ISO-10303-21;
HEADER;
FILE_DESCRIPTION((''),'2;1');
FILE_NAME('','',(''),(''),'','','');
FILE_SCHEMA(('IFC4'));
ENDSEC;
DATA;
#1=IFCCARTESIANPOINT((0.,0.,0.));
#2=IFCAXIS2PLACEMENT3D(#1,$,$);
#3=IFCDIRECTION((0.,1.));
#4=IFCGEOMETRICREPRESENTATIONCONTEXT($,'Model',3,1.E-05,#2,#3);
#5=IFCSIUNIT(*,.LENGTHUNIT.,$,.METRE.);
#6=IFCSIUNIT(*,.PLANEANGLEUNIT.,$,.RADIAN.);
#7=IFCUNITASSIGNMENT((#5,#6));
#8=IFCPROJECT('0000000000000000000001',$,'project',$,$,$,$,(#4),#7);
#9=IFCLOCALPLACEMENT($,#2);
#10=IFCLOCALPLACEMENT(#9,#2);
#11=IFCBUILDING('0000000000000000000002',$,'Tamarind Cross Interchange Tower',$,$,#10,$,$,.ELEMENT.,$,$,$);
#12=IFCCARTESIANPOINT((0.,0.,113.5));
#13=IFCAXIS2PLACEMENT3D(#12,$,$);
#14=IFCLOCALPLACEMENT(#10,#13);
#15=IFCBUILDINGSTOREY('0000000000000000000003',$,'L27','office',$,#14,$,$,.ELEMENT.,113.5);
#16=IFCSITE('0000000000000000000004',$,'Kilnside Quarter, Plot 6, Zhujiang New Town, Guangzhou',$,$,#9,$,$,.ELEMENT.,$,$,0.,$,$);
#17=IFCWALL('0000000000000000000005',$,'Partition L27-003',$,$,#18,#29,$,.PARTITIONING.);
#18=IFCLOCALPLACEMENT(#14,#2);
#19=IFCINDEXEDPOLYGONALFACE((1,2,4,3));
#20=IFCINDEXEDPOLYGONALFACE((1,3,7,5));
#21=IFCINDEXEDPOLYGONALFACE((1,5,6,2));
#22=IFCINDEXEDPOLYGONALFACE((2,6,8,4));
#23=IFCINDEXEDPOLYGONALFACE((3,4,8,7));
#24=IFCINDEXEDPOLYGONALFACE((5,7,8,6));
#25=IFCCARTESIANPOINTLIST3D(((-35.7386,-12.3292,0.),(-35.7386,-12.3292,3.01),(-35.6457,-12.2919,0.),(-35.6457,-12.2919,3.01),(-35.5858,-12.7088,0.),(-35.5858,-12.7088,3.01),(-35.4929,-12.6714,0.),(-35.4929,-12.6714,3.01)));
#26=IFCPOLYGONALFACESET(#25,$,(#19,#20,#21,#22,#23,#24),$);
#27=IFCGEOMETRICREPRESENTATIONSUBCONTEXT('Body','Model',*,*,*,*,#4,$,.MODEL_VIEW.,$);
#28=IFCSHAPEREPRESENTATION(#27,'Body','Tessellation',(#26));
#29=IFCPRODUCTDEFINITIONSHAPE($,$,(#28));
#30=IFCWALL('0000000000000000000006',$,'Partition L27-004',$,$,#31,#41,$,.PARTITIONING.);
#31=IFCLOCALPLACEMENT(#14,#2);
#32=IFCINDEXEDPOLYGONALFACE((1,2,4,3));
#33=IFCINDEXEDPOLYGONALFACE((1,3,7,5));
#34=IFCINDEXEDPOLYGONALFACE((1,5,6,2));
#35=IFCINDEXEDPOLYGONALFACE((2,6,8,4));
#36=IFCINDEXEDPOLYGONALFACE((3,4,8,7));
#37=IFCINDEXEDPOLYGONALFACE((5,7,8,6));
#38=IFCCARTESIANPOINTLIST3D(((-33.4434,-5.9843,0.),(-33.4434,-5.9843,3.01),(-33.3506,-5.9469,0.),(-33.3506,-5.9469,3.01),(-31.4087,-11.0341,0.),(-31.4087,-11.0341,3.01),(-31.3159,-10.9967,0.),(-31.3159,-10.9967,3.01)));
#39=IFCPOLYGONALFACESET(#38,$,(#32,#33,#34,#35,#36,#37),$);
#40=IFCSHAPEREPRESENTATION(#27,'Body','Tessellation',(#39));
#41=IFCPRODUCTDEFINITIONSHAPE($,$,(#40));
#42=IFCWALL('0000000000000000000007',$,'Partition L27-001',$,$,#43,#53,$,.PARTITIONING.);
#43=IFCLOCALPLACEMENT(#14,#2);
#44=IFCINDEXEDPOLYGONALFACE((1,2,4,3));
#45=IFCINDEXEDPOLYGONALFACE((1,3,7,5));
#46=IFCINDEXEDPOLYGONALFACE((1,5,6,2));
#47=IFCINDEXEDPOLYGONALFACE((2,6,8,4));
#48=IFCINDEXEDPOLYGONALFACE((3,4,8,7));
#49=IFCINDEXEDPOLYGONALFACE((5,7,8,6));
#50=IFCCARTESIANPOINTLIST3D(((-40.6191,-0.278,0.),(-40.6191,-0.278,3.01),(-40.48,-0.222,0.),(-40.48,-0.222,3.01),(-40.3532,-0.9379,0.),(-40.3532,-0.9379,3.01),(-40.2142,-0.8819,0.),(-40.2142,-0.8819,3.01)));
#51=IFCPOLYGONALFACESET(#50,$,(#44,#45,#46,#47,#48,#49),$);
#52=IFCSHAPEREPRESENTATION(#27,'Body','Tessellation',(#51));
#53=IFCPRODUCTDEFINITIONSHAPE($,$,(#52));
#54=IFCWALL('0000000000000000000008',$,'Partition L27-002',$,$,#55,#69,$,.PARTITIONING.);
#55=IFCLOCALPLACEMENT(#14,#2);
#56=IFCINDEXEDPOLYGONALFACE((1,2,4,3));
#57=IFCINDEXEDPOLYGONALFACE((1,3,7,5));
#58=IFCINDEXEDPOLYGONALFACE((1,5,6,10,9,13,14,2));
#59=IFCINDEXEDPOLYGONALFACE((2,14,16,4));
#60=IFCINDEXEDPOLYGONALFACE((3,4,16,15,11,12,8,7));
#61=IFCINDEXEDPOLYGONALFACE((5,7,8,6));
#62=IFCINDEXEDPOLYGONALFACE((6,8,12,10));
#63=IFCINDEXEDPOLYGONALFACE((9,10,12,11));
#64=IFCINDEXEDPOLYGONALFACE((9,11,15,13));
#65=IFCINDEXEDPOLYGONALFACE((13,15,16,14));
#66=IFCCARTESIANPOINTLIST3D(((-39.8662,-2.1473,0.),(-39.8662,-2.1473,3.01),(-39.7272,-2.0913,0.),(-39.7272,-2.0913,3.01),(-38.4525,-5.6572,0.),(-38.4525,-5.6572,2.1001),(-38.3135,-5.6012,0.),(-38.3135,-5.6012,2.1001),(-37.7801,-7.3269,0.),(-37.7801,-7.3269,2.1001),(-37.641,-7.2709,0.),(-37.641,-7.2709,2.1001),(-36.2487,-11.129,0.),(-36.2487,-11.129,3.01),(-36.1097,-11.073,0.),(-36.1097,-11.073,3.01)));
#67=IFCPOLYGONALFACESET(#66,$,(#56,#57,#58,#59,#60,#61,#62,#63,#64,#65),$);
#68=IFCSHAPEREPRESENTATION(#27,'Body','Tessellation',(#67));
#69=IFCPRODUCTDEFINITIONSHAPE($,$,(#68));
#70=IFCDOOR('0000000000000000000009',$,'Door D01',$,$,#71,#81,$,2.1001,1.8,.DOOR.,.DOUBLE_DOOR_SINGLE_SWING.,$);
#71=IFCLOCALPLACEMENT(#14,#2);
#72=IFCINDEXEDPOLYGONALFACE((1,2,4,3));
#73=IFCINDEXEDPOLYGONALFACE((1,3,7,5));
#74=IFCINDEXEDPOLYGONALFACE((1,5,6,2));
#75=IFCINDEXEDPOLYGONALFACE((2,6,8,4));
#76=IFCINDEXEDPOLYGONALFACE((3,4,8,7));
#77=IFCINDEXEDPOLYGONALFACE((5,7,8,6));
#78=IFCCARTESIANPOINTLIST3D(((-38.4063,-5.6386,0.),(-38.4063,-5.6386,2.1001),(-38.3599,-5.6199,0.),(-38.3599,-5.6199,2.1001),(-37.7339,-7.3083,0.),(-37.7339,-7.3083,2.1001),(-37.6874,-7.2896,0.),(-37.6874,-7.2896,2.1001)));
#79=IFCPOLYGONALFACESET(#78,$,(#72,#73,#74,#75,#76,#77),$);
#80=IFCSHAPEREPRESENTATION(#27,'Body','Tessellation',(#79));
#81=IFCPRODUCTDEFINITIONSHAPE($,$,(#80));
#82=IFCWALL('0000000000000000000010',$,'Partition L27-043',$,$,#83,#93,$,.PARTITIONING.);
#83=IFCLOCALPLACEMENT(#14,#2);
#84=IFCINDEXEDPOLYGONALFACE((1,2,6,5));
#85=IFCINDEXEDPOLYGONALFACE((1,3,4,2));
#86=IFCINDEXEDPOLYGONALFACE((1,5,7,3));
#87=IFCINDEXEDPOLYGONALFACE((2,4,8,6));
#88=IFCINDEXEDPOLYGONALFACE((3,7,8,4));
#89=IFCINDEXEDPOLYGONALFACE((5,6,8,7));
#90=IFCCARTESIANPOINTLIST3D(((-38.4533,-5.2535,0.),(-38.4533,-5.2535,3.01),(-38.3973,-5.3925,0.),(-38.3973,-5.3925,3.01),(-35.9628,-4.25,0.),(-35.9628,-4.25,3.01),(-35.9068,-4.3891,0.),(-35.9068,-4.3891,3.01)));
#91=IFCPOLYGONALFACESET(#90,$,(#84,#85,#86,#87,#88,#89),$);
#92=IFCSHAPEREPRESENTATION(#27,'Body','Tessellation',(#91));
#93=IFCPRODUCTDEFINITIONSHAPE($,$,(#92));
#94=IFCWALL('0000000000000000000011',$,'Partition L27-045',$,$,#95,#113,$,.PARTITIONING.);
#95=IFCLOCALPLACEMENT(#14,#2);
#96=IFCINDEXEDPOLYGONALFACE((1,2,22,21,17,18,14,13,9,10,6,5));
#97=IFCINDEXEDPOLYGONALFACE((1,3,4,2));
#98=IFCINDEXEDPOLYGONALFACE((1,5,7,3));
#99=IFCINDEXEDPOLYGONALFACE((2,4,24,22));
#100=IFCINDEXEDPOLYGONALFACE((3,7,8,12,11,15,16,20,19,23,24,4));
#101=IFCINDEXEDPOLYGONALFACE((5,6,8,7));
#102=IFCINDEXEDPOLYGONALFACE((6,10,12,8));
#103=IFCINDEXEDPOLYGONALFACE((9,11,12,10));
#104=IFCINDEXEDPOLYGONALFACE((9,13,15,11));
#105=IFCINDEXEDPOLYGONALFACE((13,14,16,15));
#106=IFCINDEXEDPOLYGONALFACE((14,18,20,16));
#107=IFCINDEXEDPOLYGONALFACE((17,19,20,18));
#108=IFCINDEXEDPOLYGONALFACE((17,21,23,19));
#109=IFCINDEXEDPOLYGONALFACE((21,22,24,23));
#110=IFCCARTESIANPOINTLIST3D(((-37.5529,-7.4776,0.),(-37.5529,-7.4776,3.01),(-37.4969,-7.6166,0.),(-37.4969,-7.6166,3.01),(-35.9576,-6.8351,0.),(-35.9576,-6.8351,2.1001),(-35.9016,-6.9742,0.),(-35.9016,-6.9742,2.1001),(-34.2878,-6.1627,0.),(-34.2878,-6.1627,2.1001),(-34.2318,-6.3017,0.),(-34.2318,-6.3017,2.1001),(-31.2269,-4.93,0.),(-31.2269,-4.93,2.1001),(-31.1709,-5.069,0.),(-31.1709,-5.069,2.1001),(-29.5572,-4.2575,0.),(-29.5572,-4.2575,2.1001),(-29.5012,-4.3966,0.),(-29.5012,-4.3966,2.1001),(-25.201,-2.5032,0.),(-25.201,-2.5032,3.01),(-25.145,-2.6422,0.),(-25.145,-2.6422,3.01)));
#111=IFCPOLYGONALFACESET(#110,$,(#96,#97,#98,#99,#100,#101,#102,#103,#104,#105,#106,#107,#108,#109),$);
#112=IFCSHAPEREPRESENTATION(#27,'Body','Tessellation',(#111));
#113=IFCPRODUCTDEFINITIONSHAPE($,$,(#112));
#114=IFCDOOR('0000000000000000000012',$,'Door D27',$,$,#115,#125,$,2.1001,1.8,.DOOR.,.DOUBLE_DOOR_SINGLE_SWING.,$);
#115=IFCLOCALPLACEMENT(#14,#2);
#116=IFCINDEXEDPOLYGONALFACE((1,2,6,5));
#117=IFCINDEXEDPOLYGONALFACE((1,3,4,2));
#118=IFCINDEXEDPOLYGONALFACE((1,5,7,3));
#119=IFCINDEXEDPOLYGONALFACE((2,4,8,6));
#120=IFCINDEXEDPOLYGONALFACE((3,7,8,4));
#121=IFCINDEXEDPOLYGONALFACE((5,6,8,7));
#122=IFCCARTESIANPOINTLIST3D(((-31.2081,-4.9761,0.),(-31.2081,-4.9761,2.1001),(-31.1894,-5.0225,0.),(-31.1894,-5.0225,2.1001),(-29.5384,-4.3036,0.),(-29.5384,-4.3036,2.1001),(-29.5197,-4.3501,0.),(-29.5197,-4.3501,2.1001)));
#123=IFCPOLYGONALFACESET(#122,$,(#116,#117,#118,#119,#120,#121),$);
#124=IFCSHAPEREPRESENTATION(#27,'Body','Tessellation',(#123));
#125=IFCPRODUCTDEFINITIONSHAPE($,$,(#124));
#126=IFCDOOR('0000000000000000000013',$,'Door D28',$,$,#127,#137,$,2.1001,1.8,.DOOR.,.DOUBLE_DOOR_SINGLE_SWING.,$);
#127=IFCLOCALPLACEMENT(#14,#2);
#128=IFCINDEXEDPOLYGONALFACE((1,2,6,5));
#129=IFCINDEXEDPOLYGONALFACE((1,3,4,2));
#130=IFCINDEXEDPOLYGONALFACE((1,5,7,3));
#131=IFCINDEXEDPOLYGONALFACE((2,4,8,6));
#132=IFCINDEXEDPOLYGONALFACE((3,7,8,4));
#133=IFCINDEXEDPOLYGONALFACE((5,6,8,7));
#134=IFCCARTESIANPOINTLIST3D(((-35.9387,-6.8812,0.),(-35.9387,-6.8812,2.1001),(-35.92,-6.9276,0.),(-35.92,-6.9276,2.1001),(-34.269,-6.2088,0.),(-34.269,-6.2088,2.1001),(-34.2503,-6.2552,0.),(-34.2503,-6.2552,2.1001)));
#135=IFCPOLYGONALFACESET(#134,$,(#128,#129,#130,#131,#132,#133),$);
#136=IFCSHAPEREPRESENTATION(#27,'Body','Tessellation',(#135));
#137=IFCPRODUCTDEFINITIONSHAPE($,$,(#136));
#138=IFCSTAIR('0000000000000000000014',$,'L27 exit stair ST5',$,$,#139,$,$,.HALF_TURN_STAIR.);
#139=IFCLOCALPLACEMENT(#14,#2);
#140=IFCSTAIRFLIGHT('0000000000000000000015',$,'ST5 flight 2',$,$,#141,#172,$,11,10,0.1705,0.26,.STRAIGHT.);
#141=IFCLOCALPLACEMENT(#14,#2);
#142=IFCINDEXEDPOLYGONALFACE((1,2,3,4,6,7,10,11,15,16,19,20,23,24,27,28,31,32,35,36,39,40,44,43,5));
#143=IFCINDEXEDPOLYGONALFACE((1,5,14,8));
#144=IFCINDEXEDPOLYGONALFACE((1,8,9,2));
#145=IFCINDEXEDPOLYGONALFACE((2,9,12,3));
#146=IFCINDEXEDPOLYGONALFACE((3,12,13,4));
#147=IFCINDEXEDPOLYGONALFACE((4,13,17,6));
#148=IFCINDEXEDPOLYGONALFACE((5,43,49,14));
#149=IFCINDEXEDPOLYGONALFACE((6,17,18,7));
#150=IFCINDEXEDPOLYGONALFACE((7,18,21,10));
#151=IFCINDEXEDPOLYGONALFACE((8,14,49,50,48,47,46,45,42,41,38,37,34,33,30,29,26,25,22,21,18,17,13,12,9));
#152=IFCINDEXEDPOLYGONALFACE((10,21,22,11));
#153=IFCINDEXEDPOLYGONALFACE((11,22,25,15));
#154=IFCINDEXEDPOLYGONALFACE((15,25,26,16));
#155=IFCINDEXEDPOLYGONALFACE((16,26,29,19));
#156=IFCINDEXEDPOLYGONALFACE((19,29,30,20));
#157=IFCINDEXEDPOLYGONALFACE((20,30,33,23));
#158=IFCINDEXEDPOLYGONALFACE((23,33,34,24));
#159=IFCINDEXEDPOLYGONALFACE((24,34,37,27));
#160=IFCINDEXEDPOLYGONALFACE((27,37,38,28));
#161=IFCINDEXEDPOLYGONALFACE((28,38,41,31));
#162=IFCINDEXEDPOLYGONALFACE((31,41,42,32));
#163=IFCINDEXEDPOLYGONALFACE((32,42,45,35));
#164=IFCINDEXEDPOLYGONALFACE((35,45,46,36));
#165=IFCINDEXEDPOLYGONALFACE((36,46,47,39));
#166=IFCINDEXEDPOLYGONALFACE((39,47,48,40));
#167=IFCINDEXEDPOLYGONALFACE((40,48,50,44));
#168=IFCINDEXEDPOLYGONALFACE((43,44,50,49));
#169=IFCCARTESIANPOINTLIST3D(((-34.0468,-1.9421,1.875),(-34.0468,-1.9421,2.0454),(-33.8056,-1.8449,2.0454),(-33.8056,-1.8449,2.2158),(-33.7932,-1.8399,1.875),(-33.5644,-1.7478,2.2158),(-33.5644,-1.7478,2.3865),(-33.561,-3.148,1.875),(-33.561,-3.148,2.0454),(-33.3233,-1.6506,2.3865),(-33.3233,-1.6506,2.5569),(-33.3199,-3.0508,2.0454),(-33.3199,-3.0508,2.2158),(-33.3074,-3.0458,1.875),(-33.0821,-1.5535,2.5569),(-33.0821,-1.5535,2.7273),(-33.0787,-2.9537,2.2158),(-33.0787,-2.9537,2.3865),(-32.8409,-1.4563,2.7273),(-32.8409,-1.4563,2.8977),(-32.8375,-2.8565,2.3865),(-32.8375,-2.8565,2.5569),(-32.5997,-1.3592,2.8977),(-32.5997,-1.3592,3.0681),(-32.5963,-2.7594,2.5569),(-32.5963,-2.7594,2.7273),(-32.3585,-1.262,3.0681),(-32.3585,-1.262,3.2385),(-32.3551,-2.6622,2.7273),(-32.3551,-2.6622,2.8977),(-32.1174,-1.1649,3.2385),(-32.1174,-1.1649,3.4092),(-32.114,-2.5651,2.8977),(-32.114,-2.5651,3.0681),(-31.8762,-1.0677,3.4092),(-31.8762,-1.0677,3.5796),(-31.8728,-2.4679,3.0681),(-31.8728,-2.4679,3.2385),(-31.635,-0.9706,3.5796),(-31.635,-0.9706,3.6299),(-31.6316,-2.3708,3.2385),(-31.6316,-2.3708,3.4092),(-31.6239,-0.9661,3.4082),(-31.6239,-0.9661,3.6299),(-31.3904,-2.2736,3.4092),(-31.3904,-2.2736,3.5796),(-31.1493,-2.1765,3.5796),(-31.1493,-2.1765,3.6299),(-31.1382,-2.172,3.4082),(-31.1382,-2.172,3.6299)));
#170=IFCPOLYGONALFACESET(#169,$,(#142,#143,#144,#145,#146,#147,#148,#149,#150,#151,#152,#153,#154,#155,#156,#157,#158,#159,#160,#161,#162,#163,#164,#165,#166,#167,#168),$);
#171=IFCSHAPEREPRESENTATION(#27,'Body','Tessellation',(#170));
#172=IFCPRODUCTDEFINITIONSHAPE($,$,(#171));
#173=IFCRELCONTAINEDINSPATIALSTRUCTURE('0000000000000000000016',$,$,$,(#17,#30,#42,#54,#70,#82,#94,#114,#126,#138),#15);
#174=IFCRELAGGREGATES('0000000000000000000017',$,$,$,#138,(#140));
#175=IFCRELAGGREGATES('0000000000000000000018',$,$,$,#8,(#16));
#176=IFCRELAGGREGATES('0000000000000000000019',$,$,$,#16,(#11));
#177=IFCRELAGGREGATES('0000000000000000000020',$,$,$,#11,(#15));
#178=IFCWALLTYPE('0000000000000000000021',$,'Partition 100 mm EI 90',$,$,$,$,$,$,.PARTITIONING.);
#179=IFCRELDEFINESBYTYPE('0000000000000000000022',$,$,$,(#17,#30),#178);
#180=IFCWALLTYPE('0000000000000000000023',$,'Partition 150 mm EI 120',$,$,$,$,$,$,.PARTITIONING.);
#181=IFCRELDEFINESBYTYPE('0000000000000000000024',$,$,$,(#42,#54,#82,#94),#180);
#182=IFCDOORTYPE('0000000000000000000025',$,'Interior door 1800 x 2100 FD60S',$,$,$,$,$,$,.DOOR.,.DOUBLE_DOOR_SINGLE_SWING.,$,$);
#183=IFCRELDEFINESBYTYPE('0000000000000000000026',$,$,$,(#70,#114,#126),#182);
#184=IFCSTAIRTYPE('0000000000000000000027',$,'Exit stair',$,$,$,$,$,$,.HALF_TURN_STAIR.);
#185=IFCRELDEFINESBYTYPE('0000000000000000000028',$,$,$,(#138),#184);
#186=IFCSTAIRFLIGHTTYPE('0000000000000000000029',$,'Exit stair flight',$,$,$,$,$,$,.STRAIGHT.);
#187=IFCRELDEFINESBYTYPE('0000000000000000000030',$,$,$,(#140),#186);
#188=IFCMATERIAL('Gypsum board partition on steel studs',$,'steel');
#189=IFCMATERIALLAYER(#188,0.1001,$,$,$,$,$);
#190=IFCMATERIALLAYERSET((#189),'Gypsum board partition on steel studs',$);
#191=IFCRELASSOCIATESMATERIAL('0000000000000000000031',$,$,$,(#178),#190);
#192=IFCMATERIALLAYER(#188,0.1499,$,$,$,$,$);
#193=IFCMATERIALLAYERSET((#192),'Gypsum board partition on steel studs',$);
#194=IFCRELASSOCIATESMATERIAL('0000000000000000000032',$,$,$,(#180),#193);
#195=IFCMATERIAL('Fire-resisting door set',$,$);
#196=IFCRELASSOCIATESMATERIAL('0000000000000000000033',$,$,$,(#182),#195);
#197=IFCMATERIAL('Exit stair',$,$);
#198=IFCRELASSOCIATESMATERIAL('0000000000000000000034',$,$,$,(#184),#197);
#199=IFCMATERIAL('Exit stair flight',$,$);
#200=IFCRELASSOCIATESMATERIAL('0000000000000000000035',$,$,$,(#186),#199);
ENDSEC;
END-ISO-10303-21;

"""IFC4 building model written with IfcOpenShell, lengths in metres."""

from ifc_helpers import new_model, si_unit, direction, frame, frame_2d, origin, place, context, subcontext, project, spatial, polyline, rectangle, outline, extrude, material, layer, layer_set, type_object, element, fill, aggregate, save


model = new_model("IFC4")

# Units and contexts
model_context = context("Model", 3, precision=1e-05, world=origin(), true_north=direction((0.0, 1.0)))
body_context = subcontext(model_context, "Body", "Model", "MODEL_VIEW")
ifc_project = project(units=[si_unit("LENGTHUNIT", "METRE"), si_unit("PLANEANGLEUNIT", "RADIAN")], contexts=[model_context])

# Site, building, storey
site_placement = place(None, origin())
site = spatial("IfcSite", under=ifc_project, at=site_placement, Name="Kilnside Quarter, Plot 6, Zhujiang New Town, Guangzhou", CompositionType="ELEMENT", RefElevation=0.0)
building_placement = place(site_placement, origin())
building = spatial("IfcBuilding", under=site, at=building_placement, Name="Tamarind Cross Interchange Tower", CompositionType="ELEMENT")
storey_placement = place(building_placement, frame((0.0, 0.0, 113.5)))
storey = spatial("IfcBuildingStorey", under=building, at=storey_placement, Name="L27", Description="office", CompositionType="ELEMENT", Elevation=113.5)

# Walls
ifc_material_1 = material(Name="Gypsum board partition on steel studs", Category="steel")
ifc_layer_1 = layer(ifc_material_1, 0.1001)
ifc_layer_set_1 = layer_set([ifc_layer_1], Name="Gypsum board partition on steel studs")
wall_type_1 = type_object("IfcWallType", Name="Partition 100 mm EI 90", PredefinedType="PARTITIONING", material=ifc_layer_set_1)
wall_1_placement = place(storey_placement, frame((-35.6921, -12.3105, 0.0), z_axis=(0.0, 0.0, 1.0), x_axis=(0.373447, -0.927652, 0.0)))
element("IfcWall", 1, at=wall_1_placement, inside=storey, type_object=wall_type_1, Name="Partition L27-003", PredefinedType="PARTITIONING", context=body_context, shape_type="SweptSolid", body=[
    extrude(rectangle(XDim=0.4092, YDim=0.1001, at=frame_2d((0.2046, 0.0))), origin(), (0.0, 0.0, 1.0), 3.01),
])
wall_2_placement = place(storey_placement, frame((-33.397, -5.9656, 0.0), z_axis=(0.0, 0.0, 1.0), x_axis=(0.373724, -0.92754, 0.0)))
element("IfcWall", 2, at=wall_2_placement, inside=storey, type_object=wall_type_1, Name="Partition L27-004", PredefinedType="PARTITIONING", context=body_context, shape_type="SweptSolid", body=[
    extrude(rectangle(XDim=5.4443, YDim=0.1001, at=frame_2d((2.7222, 0.0))), origin(), (0.0, 0.0, 1.0), 3.01),
])
ifc_layer_2 = layer(ifc_material_1, 0.1499)
ifc_layer_set_2 = layer_set([ifc_layer_2], Name="Gypsum board partition on steel studs")
wall_type_2 = type_object("IfcWallType", Name="Partition 150 mm EI 120", PredefinedType="PARTITIONING", material=ifc_layer_set_2)
wall_3_placement = place(storey_placement, frame((-40.5496, -0.25, 0.0), z_axis=(0.0, 0.0, 1.0), x_axis=(0.373697, -0.927551, 0.0)))
element("IfcWall", 3, at=wall_3_placement, inside=storey, type_object=wall_type_2, Name="Partition L27-001", PredefinedType="PARTITIONING", context=body_context, shape_type="SweptSolid", body=[
    extrude(rectangle(XDim=0.7114, YDim=0.1499, at=frame_2d((0.3557, 0.0))), origin(), (0.0, 0.0, 1.0), 3.01),
])

# Wall, opening, door
wall_4_placement = place(storey_placement, frame((-39.7966, -2.1194, 0.0), z_axis=(0.0, 0.0, 1.0), x_axis=(0.373594, -0.927592, 0.0)))
wall_4 = element("IfcWall", 4, at=wall_4_placement, inside=storey, type_object=wall_type_2, Name="Partition L27-002", PredefinedType="PARTITIONING", context=body_context, shape_type="SweptSolid", body=[
    extrude(rectangle(XDim=9.6829, YDim=0.1499, at=frame_2d((4.8413, 0.0))), origin(), (0.0, 0.0, 1.0), 3.01),
])
opening_1_placement = place(wall_4_placement, frame((3.7839, 0.0, 0.0)))
opening_1 = element("IfcOpeningElement", 5, at=opening_1_placement, cuts=wall_4, PredefinedType="OPENING", context=body_context, shape_type="SweptSolid", body=[
    extrude(rectangle(XDim=1.8, YDim=2.1001, at=frame_2d((0.8999, 1.05))), frame((0.0, 0.085, 0.0), z_axis=(0.0, -1.0, 0.0), x_axis=(1.0, 0.0, 0.0)), (0.0, 0.0, 1.0), 0.1699),
])
ifc_material_2 = material(Name="Fire-resisting door set")
door_type = type_object("IfcDoorType", Name="Interior door 1800 x 2100 FD60S", OperationType="DOUBLE_DOOR_SINGLE_SWING", PredefinedType="DOOR", material=ifc_material_2)
door_1_placement = place(opening_1_placement, origin())
door_1 = element("IfcDoor", 6, at=door_1_placement, inside=storey, type_object=door_type, Name="Door D01", OperationType="DOUBLE_DOOR_SINGLE_SWING", OverallHeight=2.1001, OverallWidth=1.8, PredefinedType="DOOR", context=body_context, shape_type="SweptSolid", body=[
    extrude(rectangle(XDim=1.8, YDim=2.1001, at=frame_2d((0.8999, 1.05))), frame((0.0, 0.0249, 0.0), z_axis=(0.0, -1.0, 0.0), x_axis=(1.0, 0.0, 0.0)), (0.0, 0.0, 1.0), 0.05),
])
fill(opening_1, door_1)

# Wall
wall_5_placement = place(storey_placement, frame((-38.4253, -5.323, 0.0), z_axis=(0.0, 0.0, 1.0), x_axis=(0.927546, 0.37371, 0.0)))
element("IfcWall", 7, at=wall_5_placement, inside=storey, type_object=wall_type_2, Name="Partition L27-043", PredefinedType="PARTITIONING", context=body_context, shape_type="SweptSolid", body=[
    extrude(rectangle(XDim=2.6851, YDim=0.1499, at=frame_2d((1.3425, 0.0))), origin(), (0.0, 0.0, 1.0), 3.01),
])

# Wall, openings, doors
wall_6_placement = place(storey_placement, frame((-37.5249, -7.5471, 0.0), z_axis=(0.0, 0.0, 1.0), x_axis=(0.927603, 0.373568, 0.0)))
wall_6 = element("IfcWall", 8, at=wall_6_placement, inside=storey, type_object=wall_type_2, Name="Partition L27-045", PredefinedType="PARTITIONING", context=body_context, shape_type="SweptSolid", body=[
    extrude(rectangle(XDim=13.3159, YDim=0.1499, at=frame_2d((6.658, 0.0))), origin(), (0.0, 0.0, 1.0), 3.01),
])
opening_2_placement = place(wall_6_placement, frame((6.8198, 0.0, 0.0)))
opening_2 = element("IfcOpeningElement", 9, at=opening_2_placement, cuts=wall_6, PredefinedType="OPENING", context=body_context, shape_type="SweptSolid", body=[
    extrude(rectangle(XDim=1.8, YDim=2.1001, at=frame_2d((0.8999, 1.05))), frame((0.0, 0.085, 0.0), z_axis=(0.0, -1.0, 0.0), x_axis=(1.0, 0.0, 0.0)), (0.0, 0.0, 1.0), 0.1699),
])
opening_3_placement = place(wall_6_placement, frame((1.72, 0.0, 0.0)))
opening_3 = element("IfcOpeningElement", 10, at=opening_3_placement, cuts=wall_6, PredefinedType="OPENING", context=body_context, shape_type="SweptSolid", body=[
    extrude(rectangle(XDim=1.8, YDim=2.1001, at=frame_2d((0.8999, 1.05))), frame((0.0, 0.085, 0.0), z_axis=(0.0, -1.0, 0.0), x_axis=(1.0, 0.0, 0.0)), (0.0, 0.0, 1.0), 0.1699),
])
door_2_placement = place(opening_2_placement, frame((1.8, 0.0, 0.0), z_axis=(0.0, 0.0, 1.0), x_axis=(-1.0, 0.0, 0.0)))
door_2 = element("IfcDoor", 11, at=door_2_placement, inside=storey, type_object=door_type, Name="Door D27", OperationType="DOUBLE_DOOR_SINGLE_SWING", OverallHeight=2.1001, OverallWidth=1.8, PredefinedType="DOOR", context=body_context, shape_type="SweptSolid", body=[
    extrude(rectangle(XDim=1.8, YDim=2.1001, at=frame_2d((0.8999, 1.05))), frame((0.0, 0.0249, 0.0), z_axis=(0.0, -1.0, 0.0), x_axis=(1.0, 0.0, 0.0)), (0.0, 0.0, 1.0), 0.05),
])
fill(opening_2, door_2)
door_3_placement = place(opening_3_placement, frame((1.8, 0.0, 0.0), z_axis=(0.0, 0.0, 1.0), x_axis=(-1.0, 0.0, 0.0)))
door_3 = element("IfcDoor", 12, at=door_3_placement, inside=storey, type_object=door_type, Name="Door D28", OperationType="DOUBLE_DOOR_SINGLE_SWING", OverallHeight=2.1001, OverallWidth=1.8, PredefinedType="DOOR", context=body_context, shape_type="SweptSolid", body=[
    extrude(rectangle(XDim=1.8, YDim=2.1001, at=frame_2d((0.8999, 1.05))), frame((0.0, 0.0249, 0.0), z_axis=(0.0, -1.0, 0.0), x_axis=(1.0, 0.0, 0.0)), (0.0, 0.0, 1.0), 0.05),
])
fill(opening_3, door_3)

# Stair, stair flight
ifc_material_3 = material(Name="Exit stair")
stair_type = type_object("IfcStairType", Name="Exit stair", PredefinedType="HALF_TURN_STAIR", material=ifc_material_3)
stair_placement = place(storey_placement, origin())
stair = element("IfcStair", 13, at=stair_placement, inside=storey, type_object=stair_type, Name="L27 exit stair ST5", PredefinedType="HALF_TURN_STAIR")
ifc_material_4 = material(Name="Exit stair flight")
stair_flight_type = type_object("IfcStairFlightType", Name="Exit stair flight", PredefinedType="STRAIGHT", material=ifc_material_4)
stair_flight_placement = place(storey_placement, frame((-33.804, -2.5449, 1.875), z_axis=(0.0, 0.0, 1.0), x_axis=(0.92757, 0.373648, 0.0)))
stair_flight = element("IfcStairFlight", 14, at=stair_flight_placement, type_object=stair_flight_type, Name="ST5 flight 2", NumberOfRisers=11, NumberOfTreads=10, PredefinedType="STRAIGHT", RiserHeight=0.1705, TreadLength=0.26, context=body_context, shape_type="SweptSolid", body=[
    extrude(outline(polyline([(0.0, 0.0), (0.0, 0.1704), (0.26, 0.1704), (0.26, 0.3408), (0.52, 0.3408), (0.52, 0.5115), (0.78, 0.5115), (0.78, 0.6819), (1.04, 0.6819), (1.04, 0.8523), (1.3, 0.8523), (1.3, 1.0227), (1.5601, 1.0227), (1.5601, 1.1931), (1.8201, 1.1931), (1.8201, 1.3635), (2.0801, 1.3635), (2.0801, 1.5342), (2.3401, 1.5342), (2.3401, 1.7046), (2.6001, 1.7046), (2.6001, 1.7549), (2.6121, 1.7549), (2.6121, 1.5332), (0.2734, 0.0), (0.0, 0.0)])), frame((0.0, 0.6499, 0.0), z_axis=(0.0, -1.0, 0.0), x_axis=(1.0, 0.0, 0.0)), (0.0, 0.0, 1.0), 1.3),
])
aggregate(stair, [stair_flight])

save(model, "model.ifc")
